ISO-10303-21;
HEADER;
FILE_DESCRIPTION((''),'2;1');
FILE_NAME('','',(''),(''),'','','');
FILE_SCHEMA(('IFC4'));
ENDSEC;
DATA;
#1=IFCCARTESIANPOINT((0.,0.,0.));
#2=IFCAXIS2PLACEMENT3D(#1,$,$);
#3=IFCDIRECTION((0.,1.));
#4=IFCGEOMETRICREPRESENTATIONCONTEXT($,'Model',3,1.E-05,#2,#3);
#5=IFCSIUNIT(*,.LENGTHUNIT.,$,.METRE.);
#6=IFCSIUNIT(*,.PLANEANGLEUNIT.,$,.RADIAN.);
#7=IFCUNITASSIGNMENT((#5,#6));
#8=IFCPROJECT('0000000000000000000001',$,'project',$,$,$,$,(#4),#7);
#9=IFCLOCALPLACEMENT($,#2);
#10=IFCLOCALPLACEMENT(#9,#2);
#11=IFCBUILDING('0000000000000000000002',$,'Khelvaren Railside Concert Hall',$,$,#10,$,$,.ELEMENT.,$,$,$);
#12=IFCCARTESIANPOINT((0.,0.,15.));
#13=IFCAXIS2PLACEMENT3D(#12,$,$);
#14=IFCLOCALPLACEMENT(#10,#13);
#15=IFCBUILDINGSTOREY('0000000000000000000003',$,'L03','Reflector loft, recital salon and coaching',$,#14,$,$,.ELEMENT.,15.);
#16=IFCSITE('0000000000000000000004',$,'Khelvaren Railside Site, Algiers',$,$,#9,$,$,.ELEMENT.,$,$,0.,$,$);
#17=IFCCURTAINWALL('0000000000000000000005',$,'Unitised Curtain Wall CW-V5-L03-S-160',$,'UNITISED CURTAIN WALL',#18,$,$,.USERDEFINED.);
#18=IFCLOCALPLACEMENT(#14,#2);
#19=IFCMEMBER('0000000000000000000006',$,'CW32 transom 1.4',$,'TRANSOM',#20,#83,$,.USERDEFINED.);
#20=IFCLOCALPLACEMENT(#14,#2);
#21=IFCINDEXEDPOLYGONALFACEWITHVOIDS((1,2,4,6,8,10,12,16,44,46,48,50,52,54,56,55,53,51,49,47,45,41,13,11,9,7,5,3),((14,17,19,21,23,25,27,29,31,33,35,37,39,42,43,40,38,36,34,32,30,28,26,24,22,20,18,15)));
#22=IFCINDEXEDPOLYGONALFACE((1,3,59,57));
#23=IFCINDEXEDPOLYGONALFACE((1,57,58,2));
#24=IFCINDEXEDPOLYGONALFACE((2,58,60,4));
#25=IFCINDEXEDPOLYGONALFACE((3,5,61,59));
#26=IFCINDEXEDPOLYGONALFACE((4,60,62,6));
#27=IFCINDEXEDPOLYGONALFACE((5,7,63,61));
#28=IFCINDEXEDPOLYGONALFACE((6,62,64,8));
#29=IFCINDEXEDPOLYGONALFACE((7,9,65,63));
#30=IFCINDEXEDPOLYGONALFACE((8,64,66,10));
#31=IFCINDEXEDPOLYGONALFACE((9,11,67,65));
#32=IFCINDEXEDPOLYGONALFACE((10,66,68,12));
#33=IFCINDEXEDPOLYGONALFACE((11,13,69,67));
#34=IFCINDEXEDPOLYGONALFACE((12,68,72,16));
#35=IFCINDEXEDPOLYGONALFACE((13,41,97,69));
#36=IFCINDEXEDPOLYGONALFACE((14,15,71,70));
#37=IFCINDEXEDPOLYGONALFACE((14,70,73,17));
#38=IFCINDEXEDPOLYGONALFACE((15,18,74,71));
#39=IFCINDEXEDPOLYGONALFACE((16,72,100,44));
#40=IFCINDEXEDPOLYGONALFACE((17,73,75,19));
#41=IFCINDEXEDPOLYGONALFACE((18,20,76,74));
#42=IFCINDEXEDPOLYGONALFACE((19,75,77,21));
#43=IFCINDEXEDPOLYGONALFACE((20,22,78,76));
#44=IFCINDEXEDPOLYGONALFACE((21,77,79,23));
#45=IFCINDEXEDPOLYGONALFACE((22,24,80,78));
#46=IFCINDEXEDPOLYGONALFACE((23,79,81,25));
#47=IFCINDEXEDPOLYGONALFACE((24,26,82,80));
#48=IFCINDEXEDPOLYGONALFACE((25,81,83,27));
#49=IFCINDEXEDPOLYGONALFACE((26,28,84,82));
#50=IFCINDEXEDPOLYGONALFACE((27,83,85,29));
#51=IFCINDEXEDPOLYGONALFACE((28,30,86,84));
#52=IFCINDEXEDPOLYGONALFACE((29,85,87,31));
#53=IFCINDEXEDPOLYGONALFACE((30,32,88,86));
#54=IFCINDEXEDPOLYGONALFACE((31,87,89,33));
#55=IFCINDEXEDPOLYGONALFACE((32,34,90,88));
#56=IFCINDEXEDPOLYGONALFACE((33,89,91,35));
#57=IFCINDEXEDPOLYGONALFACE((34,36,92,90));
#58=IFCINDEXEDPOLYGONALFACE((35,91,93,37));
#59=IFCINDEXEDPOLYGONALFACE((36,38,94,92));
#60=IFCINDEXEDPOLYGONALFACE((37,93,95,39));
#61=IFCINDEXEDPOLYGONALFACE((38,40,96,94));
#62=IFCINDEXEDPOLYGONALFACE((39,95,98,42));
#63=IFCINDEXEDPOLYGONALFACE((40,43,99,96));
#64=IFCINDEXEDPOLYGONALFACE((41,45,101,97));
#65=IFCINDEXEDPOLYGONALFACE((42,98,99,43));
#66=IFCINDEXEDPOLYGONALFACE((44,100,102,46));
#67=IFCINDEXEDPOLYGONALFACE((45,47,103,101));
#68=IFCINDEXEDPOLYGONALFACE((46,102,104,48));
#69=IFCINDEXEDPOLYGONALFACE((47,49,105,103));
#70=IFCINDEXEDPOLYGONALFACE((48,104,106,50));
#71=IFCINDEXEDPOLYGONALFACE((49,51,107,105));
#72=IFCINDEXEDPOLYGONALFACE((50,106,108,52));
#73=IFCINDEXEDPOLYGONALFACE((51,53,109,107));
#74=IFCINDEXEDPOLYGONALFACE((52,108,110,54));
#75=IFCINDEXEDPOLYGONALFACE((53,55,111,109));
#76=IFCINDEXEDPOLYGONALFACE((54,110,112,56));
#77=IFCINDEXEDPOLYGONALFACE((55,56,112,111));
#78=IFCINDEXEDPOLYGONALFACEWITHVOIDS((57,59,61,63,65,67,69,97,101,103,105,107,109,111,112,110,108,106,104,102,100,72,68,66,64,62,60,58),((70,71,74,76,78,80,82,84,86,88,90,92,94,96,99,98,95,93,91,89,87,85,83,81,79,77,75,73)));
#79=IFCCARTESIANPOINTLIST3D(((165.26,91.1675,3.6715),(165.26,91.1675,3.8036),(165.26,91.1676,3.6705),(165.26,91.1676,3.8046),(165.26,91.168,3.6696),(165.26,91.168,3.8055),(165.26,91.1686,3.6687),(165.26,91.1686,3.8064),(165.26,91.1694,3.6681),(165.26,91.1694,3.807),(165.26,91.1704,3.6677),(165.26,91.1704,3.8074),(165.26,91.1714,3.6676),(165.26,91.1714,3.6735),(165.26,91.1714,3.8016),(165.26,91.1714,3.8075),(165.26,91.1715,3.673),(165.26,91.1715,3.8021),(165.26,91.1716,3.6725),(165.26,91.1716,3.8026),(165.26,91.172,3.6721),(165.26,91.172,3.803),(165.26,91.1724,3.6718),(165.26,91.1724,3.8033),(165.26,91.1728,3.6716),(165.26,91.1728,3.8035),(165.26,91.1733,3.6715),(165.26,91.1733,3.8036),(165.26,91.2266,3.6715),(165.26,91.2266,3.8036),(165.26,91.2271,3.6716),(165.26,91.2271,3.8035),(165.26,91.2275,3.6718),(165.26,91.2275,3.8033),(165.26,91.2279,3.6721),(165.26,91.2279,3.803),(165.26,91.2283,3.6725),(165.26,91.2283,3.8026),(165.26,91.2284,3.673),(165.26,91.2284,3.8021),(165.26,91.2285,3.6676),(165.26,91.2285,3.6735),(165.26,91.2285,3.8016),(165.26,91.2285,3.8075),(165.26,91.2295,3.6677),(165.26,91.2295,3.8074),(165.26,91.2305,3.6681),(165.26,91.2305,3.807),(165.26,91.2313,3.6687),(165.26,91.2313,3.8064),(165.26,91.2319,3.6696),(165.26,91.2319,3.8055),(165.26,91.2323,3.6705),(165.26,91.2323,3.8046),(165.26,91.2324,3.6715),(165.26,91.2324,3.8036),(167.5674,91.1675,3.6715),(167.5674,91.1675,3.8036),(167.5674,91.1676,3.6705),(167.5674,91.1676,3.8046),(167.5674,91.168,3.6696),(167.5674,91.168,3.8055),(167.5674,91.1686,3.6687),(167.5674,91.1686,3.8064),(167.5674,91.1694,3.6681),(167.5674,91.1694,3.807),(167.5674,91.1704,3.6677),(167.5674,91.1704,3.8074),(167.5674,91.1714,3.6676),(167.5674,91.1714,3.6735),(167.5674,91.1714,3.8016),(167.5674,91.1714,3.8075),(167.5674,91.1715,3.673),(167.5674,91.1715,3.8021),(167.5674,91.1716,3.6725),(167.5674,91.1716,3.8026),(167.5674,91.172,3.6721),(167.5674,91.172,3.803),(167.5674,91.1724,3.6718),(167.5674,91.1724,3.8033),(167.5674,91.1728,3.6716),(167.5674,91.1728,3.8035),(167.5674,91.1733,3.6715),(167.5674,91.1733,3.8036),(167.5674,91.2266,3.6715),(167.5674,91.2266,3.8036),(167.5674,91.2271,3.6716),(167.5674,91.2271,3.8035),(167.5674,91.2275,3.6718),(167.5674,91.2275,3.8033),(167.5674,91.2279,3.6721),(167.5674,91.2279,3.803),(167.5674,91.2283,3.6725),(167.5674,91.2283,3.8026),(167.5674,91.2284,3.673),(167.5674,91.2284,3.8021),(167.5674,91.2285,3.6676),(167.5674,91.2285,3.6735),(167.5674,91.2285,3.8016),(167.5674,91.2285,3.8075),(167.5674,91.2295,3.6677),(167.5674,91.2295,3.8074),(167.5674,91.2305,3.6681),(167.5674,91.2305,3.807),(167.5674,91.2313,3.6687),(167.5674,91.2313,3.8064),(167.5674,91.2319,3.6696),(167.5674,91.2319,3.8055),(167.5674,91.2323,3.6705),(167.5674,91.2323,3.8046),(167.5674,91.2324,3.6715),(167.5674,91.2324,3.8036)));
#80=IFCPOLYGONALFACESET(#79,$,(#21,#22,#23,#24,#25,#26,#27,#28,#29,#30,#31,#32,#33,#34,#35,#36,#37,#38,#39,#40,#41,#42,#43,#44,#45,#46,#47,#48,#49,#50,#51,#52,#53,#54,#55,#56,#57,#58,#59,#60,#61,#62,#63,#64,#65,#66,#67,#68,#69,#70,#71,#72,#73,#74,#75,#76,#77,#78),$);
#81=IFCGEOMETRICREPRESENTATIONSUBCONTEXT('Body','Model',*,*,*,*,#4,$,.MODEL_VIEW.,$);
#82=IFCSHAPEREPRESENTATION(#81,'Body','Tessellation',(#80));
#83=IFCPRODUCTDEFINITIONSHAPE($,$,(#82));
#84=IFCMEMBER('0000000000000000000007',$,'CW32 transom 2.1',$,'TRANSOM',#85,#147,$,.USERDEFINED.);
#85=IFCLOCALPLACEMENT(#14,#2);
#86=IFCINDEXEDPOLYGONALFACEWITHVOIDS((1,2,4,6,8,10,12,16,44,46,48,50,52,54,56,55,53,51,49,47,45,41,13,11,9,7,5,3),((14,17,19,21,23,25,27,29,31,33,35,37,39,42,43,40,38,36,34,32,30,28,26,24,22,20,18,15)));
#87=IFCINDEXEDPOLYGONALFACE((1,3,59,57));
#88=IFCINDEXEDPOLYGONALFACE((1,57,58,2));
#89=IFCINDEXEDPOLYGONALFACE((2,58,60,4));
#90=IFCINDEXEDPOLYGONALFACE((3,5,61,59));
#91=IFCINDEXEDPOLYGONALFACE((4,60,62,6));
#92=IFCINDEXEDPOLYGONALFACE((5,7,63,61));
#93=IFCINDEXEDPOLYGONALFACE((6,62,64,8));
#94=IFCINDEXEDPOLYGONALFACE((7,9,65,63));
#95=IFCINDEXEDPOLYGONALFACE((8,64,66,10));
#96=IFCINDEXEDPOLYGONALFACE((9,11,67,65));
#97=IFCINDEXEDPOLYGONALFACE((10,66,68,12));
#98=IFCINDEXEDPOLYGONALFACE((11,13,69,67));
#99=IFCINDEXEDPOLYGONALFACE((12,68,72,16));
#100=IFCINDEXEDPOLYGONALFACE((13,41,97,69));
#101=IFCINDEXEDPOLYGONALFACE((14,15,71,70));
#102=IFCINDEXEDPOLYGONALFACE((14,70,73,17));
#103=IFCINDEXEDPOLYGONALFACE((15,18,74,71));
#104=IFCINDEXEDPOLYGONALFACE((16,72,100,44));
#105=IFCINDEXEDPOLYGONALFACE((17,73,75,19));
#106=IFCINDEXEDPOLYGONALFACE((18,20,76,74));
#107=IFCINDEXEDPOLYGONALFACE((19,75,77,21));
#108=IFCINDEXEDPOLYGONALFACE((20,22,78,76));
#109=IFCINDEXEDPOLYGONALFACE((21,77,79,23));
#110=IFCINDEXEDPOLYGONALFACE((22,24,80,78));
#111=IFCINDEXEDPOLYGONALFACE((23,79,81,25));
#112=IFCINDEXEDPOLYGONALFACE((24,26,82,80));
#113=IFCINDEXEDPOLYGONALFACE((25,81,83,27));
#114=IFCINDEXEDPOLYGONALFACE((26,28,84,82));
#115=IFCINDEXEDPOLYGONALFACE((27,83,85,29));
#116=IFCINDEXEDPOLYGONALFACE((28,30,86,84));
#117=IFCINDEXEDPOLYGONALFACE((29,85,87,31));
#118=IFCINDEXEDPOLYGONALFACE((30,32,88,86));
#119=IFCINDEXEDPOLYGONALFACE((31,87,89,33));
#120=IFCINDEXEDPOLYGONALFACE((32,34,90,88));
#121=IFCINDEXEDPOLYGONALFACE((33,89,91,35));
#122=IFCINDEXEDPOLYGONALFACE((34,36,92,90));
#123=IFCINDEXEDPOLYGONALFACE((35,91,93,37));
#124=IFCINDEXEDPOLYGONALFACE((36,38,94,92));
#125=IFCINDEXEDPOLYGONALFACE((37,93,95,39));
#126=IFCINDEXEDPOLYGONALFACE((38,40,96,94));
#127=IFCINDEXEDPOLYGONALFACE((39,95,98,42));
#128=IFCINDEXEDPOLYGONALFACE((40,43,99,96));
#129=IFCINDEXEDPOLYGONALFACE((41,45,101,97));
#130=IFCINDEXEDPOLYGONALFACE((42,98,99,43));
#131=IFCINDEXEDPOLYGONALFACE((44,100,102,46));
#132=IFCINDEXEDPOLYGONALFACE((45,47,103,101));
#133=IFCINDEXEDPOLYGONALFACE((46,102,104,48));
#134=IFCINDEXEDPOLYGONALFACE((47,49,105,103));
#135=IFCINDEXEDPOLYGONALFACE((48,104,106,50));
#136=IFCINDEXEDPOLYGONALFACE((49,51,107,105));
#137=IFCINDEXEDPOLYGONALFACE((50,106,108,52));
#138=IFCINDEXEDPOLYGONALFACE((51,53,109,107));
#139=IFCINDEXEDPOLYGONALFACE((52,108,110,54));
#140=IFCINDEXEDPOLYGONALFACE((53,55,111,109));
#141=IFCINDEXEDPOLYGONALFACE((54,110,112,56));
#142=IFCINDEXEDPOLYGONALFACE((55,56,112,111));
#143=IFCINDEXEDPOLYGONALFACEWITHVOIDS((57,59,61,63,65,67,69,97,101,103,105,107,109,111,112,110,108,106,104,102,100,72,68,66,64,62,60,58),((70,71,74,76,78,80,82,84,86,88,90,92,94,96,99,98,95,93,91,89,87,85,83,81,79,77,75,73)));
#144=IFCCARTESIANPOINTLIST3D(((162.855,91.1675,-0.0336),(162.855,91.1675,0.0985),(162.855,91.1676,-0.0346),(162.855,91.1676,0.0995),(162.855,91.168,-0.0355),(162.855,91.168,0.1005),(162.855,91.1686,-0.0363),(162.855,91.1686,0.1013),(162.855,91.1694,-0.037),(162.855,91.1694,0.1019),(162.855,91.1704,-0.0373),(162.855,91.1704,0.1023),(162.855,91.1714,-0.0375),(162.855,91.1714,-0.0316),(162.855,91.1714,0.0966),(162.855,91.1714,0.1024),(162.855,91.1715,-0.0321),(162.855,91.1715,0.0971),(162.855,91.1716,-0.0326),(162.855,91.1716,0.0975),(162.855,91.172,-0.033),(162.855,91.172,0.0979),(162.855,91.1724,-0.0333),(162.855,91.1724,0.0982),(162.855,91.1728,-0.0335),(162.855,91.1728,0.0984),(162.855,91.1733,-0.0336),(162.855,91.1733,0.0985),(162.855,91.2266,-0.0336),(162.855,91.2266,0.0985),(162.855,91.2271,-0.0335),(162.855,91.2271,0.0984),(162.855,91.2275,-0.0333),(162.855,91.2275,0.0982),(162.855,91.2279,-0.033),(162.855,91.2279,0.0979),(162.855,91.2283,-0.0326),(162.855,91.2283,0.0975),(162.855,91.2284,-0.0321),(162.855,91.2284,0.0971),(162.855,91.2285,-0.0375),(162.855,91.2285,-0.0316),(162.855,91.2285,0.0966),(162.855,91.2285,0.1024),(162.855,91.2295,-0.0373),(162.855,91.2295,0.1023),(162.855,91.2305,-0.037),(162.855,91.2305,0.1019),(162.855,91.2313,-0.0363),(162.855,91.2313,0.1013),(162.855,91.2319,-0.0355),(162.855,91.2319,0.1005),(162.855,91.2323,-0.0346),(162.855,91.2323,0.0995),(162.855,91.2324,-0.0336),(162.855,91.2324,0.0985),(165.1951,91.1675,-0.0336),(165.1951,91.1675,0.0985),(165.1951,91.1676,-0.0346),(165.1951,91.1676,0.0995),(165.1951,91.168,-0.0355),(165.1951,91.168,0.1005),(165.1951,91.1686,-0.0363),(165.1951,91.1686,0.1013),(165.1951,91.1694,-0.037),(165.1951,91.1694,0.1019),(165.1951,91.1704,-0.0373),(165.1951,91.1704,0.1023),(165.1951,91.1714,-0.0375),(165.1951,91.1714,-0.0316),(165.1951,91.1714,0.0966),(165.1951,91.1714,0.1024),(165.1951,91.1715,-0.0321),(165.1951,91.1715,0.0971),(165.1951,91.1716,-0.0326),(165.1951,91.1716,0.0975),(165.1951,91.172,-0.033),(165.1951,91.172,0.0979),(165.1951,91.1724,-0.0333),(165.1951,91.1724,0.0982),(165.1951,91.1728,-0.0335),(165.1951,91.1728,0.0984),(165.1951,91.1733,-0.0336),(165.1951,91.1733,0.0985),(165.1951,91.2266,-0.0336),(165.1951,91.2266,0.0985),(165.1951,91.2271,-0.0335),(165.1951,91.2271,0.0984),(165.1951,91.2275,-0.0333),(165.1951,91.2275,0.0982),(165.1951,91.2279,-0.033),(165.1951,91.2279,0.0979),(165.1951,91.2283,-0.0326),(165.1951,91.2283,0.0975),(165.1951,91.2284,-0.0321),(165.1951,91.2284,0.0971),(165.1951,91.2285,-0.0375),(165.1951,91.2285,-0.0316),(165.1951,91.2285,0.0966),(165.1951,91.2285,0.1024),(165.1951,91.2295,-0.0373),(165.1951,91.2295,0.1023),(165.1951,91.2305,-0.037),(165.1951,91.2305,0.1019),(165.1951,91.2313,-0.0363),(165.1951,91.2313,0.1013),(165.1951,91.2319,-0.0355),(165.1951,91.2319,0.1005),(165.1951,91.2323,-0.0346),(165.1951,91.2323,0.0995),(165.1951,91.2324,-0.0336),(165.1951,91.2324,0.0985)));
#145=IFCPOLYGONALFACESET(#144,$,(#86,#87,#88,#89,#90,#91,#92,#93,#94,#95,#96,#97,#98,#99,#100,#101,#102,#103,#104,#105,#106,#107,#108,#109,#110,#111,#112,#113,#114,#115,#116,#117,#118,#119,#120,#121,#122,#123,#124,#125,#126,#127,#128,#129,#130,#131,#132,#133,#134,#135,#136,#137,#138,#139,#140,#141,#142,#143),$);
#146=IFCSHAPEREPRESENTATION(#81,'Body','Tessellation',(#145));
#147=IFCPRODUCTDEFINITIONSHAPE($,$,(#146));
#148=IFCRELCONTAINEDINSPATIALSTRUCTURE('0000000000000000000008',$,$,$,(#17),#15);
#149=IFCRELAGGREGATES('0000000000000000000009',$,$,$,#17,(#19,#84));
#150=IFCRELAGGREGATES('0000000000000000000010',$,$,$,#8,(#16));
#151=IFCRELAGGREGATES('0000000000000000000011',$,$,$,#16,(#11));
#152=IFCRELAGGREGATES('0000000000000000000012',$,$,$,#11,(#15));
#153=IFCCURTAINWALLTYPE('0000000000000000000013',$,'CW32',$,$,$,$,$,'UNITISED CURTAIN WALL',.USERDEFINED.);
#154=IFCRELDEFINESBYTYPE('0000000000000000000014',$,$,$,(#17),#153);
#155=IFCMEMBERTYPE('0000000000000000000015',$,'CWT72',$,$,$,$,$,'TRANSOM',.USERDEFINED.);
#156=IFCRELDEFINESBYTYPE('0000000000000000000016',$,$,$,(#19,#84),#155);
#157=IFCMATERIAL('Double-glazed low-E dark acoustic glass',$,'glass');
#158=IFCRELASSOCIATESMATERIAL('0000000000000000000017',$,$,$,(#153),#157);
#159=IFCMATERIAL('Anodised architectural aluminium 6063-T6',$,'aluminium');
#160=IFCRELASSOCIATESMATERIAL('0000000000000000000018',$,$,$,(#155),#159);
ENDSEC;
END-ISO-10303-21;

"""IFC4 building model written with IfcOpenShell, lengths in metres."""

from ifc_helpers import new_model, si_unit, direction, frame, origin, origin_2d, place, context, subcontext, project, spatial, hollow_rectangle, extrude, material, material_profile, profile_set, type_object, element, aggregate, save


model = new_model("IFC4")

# Units and contexts
model_context = context("Model", 3, precision=1e-05, world=origin(), true_north=direction((0.0, 1.0)))
body_context = subcontext(model_context, "Body", "Model", "MODEL_VIEW")
ifc_project = project(units=[si_unit("LENGTHUNIT", "METRE"), si_unit("PLANEANGLEUNIT", "RADIAN")], contexts=[model_context])

# Site, building, storey
site_placement = place(None, origin())
site = spatial("IfcSite", under=ifc_project, at=site_placement, Name="Khelvaren Railside Site, Algiers", CompositionType="ELEMENT", RefElevation=0.0)
building_placement = place(site_placement, origin())
building = spatial("IfcBuilding", under=site, at=building_placement, Name="Khelvaren Railside Concert Hall", CompositionType="ELEMENT")
storey_placement = place(building_placement, frame((0.0, 0.0, 15.0)))
storey = spatial("IfcBuildingStorey", under=building, at=storey_placement, Name="L03", Description="Reflector loft, recital salon and coaching", CompositionType="ELEMENT", Elevation=15.0)

# Curtain wall
ifc_material_1 = material(Name="Double-glazed low-E dark acoustic glass", Category="glass")
curtain_wall_type_1 = type_object("IfcCurtainWallType", Name="CW32", ElementType="UNITISED CURTAIN WALL", PredefinedType="USERDEFINED", material=ifc_material_1)
curtain_wall_1_placement = place(storey_placement, origin())
curtain_wall_1 = element("IfcCurtainWall", 1, at=curtain_wall_1_placement, inside=storey, type_object=curtain_wall_type_1, Name="Unitised Curtain Wall CW-V5-L03-S-160", ObjectType="UNITISED CURTAIN WALL", PredefinedType="USERDEFINED")
ifc_material_2 = material(Name="Anodised architectural aluminium 6063-T6", Category="aluminium")

# Members
ifc_material_profile_1 = material_profile(ifc_material_2, hollow_rectangle(XDim=0.0649, YDim=0.1399, WallThickness=0.0039, InnerFilletRadius=0.002, OuterFilletRadius=0.0039, at=origin_2d()), Name="CWT 65x140x4")
ifc_profile_set_1 = profile_set([ifc_material_profile_1], Name="Anodised architectural aluminium 6063-T6")
member_type_1 = type_object("IfcMemberType", Name="CWT72", ElementType="TRANSOM", PredefinedType="USERDEFINED", material=ifc_profile_set_1)
member_1_placement = place(storey_placement, frame((167.5674, 91.2, 3.7375), z_axis=(-1.0, 0.0, 0.0), x_axis=(0.0, -1.0, 0.0)))
member_1 = element("IfcMember", 2, at=member_1_placement, type_object=member_type_1, Name="CW32 transom 1.4", ObjectType="TRANSOM", PredefinedType="USERDEFINED", context=body_context, shape_type="SweptSolid", body=[
    extrude(hollow_rectangle(XDim=0.0649, YDim=0.1399, WallThickness=0.0039, InnerFilletRadius=0.002, OuterFilletRadius=0.0039, at=origin_2d()), origin(), (0.0, 0.0, 1.0), 2.3074),
])
member_2_placement = place(storey_placement, frame((165.1951, 91.2, 0.0325), z_axis=(-1.0, 0.0, 0.0), x_axis=(0.0, -1.0, 0.0)))
member_2 = element("IfcMember", 3, at=member_2_placement, type_object=member_type_1, Name="CW32 transom 2.1", ObjectType="TRANSOM", PredefinedType="USERDEFINED", context=body_context, shape_type="SweptSolid", body=[
    extrude(hollow_rectangle(XDim=0.0649, YDim=0.1399, WallThickness=0.0039, InnerFilletRadius=0.002, OuterFilletRadius=0.0039, at=origin_2d()), origin(), (0.0, 0.0, 1.0), 2.3401),
])

aggregate(curtain_wall_1, [member_1, member_2])

save(model, "model.ifc")
